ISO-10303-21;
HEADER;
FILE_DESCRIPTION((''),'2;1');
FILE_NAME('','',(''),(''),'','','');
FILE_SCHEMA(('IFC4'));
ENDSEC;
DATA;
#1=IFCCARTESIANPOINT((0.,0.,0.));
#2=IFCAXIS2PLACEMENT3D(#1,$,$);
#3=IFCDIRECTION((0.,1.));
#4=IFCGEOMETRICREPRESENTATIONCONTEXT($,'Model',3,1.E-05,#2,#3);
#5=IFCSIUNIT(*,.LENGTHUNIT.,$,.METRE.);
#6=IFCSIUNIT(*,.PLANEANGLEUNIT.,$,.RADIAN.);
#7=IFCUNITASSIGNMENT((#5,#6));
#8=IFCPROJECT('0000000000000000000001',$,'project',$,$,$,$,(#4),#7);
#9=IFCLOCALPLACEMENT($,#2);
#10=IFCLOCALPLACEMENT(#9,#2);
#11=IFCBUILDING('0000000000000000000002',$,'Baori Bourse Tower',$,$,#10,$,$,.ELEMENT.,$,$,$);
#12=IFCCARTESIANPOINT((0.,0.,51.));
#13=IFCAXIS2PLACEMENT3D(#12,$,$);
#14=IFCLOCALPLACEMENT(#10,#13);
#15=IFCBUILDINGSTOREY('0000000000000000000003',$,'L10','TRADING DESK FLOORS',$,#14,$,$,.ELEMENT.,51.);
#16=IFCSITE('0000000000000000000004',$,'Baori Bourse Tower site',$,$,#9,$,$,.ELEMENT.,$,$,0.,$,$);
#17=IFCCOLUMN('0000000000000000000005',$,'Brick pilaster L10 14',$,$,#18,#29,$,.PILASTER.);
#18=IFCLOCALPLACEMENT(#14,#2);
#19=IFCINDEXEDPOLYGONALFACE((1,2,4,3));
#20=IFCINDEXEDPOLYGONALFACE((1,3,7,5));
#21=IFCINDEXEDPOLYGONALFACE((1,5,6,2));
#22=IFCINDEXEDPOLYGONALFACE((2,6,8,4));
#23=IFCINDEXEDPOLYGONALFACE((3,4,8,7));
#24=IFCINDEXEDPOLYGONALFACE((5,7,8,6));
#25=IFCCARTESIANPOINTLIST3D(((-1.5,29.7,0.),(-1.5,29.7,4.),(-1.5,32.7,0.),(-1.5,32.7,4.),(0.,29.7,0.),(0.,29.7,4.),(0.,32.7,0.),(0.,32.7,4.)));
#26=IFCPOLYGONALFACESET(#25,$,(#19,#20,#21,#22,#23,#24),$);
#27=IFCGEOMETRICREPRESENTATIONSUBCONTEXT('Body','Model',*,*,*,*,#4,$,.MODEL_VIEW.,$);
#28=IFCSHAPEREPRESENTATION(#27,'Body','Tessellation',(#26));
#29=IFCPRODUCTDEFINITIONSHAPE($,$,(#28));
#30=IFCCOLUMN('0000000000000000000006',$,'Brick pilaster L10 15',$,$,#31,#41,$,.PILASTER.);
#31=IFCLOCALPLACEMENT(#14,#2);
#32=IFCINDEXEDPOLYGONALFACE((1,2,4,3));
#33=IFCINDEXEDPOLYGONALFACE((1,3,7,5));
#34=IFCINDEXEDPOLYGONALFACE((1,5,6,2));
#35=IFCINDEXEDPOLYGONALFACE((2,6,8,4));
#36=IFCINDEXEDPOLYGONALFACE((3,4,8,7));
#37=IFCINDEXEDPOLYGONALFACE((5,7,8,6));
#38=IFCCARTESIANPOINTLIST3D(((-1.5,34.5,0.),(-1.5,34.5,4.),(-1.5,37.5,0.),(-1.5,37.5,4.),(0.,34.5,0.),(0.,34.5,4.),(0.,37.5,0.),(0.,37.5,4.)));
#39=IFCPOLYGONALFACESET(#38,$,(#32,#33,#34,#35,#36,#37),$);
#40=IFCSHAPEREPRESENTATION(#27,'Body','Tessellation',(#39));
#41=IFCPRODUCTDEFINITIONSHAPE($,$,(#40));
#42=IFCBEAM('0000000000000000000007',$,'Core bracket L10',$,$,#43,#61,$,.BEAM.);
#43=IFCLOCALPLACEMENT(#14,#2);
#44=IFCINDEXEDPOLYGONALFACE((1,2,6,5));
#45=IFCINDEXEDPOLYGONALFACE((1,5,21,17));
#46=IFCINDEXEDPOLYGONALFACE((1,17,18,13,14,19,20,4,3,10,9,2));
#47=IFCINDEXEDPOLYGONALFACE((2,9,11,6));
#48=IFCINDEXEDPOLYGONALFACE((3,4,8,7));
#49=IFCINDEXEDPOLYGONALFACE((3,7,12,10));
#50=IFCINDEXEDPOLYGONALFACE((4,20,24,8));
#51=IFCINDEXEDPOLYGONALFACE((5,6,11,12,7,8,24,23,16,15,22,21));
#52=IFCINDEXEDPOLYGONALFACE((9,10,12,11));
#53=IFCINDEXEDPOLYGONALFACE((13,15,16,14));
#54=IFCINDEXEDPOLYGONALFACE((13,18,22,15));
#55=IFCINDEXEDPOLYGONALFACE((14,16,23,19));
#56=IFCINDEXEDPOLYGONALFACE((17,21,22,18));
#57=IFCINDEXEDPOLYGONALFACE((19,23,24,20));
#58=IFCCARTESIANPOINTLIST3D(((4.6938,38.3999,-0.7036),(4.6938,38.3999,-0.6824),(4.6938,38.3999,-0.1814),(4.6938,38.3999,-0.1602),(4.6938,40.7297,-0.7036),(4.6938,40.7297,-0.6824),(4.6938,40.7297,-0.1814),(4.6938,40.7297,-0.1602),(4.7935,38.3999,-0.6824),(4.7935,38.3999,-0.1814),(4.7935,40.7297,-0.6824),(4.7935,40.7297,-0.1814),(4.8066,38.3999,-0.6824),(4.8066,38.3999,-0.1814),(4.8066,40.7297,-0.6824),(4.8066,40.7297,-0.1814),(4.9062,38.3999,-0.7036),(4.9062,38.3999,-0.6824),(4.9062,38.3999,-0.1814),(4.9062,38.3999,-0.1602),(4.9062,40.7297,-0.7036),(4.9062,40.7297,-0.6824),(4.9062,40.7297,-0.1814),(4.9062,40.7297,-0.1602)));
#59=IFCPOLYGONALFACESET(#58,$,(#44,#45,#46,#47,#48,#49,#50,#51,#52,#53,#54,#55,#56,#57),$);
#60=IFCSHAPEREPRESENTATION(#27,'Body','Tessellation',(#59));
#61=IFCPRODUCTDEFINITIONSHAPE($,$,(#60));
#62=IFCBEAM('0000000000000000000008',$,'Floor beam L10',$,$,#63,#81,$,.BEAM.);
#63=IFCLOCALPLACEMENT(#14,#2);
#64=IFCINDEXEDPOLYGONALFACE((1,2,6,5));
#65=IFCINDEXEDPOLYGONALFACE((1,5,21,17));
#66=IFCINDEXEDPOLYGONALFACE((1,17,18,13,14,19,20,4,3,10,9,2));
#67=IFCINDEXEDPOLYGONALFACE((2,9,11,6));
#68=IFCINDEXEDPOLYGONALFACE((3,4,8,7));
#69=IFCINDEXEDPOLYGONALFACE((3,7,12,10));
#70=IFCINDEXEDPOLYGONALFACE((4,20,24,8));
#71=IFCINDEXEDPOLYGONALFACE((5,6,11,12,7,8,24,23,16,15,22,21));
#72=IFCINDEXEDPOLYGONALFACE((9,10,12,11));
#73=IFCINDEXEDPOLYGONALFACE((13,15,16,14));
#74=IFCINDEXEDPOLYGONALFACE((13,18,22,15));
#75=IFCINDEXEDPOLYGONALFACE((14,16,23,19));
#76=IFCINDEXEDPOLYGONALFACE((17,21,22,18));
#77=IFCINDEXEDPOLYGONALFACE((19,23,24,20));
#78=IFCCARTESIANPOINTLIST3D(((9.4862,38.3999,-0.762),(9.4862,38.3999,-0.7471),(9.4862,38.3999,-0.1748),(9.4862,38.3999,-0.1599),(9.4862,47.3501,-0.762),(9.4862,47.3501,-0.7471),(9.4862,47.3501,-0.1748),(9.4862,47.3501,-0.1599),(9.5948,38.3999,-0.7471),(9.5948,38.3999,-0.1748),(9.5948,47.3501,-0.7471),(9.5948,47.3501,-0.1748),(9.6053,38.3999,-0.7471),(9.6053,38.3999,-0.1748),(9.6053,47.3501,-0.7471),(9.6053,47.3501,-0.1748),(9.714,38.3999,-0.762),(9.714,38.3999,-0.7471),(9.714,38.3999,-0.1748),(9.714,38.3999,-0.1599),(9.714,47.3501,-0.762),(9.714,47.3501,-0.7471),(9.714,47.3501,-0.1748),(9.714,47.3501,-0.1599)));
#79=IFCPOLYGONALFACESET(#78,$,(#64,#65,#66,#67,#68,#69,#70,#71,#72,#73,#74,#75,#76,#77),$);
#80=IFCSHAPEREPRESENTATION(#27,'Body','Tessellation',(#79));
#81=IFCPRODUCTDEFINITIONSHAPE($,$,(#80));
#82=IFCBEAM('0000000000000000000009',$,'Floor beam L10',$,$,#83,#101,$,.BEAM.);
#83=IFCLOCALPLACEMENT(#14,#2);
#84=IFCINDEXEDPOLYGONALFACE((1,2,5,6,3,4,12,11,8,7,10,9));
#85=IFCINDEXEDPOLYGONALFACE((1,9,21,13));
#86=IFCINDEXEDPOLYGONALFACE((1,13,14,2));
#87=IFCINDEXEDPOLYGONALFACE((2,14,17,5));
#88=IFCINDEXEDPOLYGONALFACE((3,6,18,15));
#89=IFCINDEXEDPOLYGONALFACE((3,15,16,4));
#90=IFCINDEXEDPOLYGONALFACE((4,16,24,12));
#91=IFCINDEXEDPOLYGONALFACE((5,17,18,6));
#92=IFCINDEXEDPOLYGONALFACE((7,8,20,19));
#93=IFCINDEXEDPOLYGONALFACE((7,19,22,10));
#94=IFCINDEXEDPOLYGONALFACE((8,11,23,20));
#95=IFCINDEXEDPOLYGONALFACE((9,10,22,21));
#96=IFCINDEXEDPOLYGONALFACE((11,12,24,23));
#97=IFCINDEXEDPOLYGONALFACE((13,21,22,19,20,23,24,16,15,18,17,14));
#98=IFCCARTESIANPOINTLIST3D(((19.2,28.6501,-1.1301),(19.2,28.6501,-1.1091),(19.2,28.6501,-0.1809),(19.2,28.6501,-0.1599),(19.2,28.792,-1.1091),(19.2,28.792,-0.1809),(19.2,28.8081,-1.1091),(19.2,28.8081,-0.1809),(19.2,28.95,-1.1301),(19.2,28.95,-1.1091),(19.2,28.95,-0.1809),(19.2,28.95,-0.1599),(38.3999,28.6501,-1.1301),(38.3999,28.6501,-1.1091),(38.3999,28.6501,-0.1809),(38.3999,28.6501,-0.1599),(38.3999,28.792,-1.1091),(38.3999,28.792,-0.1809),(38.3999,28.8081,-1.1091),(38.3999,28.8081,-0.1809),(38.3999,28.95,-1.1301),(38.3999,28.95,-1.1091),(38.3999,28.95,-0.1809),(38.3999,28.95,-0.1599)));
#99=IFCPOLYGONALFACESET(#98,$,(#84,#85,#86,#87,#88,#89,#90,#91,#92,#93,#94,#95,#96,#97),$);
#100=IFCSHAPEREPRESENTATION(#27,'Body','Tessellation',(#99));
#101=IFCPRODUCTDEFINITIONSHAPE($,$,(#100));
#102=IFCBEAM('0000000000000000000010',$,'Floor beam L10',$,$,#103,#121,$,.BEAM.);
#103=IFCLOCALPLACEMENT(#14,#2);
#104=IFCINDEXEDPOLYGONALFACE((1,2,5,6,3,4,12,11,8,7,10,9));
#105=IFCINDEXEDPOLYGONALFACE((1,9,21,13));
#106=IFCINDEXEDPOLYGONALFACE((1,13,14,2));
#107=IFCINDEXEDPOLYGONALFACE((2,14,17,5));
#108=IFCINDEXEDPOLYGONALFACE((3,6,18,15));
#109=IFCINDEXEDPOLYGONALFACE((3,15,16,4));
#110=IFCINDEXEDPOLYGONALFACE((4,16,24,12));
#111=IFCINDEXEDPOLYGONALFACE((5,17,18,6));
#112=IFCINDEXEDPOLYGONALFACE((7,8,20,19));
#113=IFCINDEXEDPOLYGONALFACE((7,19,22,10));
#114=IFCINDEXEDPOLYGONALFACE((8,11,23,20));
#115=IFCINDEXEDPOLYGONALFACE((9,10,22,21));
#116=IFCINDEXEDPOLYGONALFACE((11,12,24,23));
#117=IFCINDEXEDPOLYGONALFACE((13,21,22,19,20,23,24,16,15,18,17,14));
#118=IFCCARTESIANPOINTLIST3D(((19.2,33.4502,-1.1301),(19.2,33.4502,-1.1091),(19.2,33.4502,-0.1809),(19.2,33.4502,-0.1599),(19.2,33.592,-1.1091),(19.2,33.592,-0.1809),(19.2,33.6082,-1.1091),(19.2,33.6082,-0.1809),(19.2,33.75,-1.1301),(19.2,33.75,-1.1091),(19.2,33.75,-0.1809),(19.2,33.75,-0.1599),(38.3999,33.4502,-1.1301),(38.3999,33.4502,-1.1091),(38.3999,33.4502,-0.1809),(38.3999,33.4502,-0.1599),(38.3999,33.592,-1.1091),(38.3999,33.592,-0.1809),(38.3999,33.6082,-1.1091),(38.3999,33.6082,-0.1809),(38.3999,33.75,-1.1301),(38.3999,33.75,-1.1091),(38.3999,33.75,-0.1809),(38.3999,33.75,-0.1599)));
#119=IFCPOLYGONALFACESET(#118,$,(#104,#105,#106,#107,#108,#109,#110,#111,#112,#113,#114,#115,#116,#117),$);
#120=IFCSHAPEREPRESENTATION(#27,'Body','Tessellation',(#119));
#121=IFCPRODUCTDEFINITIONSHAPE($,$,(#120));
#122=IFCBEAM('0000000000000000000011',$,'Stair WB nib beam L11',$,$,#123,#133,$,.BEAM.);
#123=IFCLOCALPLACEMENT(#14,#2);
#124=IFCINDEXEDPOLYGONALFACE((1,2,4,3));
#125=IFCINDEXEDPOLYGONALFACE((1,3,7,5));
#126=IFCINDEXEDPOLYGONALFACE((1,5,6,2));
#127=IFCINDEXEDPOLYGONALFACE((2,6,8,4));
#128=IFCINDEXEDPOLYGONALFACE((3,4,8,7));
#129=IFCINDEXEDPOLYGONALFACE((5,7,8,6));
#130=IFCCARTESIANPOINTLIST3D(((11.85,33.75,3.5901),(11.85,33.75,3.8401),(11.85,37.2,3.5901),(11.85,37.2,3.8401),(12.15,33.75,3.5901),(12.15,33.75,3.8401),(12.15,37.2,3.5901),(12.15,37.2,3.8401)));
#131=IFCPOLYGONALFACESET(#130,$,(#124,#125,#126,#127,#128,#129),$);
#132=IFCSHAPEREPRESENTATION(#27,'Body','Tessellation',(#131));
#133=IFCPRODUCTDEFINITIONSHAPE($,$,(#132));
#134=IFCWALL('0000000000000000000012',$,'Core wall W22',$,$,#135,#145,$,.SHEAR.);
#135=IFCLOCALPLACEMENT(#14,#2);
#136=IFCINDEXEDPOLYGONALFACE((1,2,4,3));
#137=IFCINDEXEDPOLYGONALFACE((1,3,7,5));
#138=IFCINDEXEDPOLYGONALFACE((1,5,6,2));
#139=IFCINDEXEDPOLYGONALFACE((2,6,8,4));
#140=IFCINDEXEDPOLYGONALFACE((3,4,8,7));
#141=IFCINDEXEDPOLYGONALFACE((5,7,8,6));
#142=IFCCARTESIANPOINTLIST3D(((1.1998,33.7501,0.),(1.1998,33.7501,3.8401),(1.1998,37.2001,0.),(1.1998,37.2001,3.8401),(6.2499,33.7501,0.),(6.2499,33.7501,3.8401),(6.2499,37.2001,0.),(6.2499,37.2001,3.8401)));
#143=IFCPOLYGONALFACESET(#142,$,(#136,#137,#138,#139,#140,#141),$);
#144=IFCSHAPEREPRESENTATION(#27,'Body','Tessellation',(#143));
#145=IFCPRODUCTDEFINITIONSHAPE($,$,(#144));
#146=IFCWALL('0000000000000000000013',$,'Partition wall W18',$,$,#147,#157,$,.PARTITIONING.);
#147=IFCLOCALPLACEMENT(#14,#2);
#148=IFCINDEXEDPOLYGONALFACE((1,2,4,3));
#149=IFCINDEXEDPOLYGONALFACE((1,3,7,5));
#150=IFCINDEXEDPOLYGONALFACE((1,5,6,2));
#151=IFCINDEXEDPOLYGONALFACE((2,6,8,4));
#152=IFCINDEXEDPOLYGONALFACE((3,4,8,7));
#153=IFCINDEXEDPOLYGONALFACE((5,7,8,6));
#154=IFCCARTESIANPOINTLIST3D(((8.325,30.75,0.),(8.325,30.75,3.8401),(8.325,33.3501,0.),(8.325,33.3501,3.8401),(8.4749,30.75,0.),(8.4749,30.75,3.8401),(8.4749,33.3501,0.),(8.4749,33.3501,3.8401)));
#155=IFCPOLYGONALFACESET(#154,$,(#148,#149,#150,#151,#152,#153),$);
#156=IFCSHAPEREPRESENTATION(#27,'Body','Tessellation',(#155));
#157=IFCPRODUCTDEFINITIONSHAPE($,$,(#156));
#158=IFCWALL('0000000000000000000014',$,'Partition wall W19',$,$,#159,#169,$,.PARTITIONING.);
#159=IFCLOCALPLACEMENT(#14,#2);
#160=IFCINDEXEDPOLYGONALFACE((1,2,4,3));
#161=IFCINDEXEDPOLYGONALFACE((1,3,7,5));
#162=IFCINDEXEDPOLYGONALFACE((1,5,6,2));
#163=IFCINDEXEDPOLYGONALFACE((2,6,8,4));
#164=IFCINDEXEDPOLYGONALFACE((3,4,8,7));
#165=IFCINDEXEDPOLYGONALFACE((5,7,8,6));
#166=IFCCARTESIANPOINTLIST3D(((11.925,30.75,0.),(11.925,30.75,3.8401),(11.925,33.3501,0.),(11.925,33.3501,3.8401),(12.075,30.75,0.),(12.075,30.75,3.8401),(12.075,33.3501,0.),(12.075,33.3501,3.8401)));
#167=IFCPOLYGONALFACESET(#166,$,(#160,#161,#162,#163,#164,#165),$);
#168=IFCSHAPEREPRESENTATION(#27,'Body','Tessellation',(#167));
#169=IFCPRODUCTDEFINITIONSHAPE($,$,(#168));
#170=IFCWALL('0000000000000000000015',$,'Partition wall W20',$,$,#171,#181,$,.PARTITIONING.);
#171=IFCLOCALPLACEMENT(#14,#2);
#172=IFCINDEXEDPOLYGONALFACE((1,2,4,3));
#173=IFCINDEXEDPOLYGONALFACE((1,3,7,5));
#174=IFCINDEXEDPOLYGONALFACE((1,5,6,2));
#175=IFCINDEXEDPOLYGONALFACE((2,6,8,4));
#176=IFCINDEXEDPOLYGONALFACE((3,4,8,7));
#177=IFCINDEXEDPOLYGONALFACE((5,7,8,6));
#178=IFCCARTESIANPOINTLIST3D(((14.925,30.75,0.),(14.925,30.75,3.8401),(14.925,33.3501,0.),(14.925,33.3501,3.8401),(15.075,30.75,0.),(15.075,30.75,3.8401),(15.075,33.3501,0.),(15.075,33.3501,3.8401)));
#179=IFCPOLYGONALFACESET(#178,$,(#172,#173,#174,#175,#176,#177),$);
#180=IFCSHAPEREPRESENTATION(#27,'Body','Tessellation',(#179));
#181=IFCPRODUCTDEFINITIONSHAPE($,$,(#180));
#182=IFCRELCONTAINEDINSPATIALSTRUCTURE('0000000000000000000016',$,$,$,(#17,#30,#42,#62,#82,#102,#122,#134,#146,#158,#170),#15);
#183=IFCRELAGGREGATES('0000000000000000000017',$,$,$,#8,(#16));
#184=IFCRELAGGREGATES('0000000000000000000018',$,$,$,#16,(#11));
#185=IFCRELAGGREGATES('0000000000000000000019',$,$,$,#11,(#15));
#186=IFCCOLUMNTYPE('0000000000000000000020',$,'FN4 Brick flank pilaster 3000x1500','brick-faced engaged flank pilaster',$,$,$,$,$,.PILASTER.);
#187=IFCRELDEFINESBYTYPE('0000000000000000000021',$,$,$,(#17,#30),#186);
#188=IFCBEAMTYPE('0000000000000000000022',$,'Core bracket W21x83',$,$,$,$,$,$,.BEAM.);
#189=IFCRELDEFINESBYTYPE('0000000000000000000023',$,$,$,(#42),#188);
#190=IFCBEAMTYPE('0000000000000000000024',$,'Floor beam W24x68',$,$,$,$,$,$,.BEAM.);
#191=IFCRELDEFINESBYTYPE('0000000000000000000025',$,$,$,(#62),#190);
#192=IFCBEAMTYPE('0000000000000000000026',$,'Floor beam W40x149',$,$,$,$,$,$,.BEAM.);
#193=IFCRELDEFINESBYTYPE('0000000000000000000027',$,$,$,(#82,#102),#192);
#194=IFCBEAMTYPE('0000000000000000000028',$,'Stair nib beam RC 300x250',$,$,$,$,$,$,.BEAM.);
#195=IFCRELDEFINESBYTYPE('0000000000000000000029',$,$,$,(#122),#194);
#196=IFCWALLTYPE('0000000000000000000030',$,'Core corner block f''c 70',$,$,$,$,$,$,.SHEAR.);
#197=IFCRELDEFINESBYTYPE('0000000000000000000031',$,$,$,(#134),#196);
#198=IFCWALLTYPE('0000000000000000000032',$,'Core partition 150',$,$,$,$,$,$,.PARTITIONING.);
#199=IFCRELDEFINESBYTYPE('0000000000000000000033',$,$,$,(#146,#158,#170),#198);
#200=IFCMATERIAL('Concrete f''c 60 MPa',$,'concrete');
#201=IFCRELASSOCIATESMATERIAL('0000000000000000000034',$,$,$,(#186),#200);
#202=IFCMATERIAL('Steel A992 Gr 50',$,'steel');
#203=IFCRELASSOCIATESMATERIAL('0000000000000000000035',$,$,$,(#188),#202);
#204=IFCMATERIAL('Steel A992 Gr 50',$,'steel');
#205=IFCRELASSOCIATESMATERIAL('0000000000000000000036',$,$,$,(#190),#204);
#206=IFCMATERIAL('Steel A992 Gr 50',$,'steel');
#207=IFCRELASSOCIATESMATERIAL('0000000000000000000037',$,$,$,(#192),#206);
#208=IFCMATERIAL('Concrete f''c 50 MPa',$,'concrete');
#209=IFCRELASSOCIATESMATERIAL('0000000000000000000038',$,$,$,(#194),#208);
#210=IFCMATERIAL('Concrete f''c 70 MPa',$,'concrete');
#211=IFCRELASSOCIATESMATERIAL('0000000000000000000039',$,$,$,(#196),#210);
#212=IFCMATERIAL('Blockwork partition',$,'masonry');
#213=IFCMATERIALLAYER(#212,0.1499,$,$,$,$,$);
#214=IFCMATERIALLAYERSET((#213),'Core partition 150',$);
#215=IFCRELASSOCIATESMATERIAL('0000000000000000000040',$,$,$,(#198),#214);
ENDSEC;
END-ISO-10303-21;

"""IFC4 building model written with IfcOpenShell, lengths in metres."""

from ifc_helpers import new_model, si_unit, direction, frame, frame_2d, origin, origin_2d, place, context, subcontext, project, spatial, rectangle, i_section, extrude, material, layer, layer_set, material_profile, profile_set, type_object, element, save


model = new_model("IFC4")

# Units and contexts
model_context = context("Model", 3, precision=1e-05, world=origin(), true_north=direction((0.0, 1.0)))
body_context = subcontext(model_context, "Body", "Model", "MODEL_VIEW")
ifc_project = project(units=[si_unit("LENGTHUNIT", "METRE"), si_unit("PLANEANGLEUNIT", "RADIAN")], contexts=[model_context])

# Site, building, storey
site_placement = place(None, origin())
site = spatial("IfcSite", under=ifc_project, at=site_placement, Name="Baori Bourse Tower site", CompositionType="ELEMENT", RefElevation=0.0)
building_placement = place(site_placement, origin())
building = spatial("IfcBuilding", under=site, at=building_placement, Name="Baori Bourse Tower", CompositionType="ELEMENT")
storey_placement = place(building_placement, frame((0.0, 0.0, 51.0)))
storey = spatial("IfcBuildingStorey", under=building, at=storey_placement, Name="L10", Description="TRADING DESK FLOORS", CompositionType="ELEMENT", Elevation=51.0)

# Columns
ifc_material_1 = material(Name="Concrete f'c 60 MPa", Category="concrete")
ifc_material_profile_1 = material_profile(ifc_material_1, rectangle(XDim=3.0, YDim=1.5, at=origin_2d()), Name="RC 3000x1500")
ifc_profile_set_1 = profile_set([ifc_material_profile_1], Name="Concrete f'c 60 MPa")
column_type = type_object("IfcColumnType", Name="FN4 Brick flank pilaster 3000x1500", Description="brick-faced engaged flank pilaster", PredefinedType="PILASTER", material=ifc_profile_set_1)
for number, where, z_axis, x_axis, name in (
    (1, (-0.75, 31.2, 0.0), (0.0, 0.0, 1.0), (0.0, 1.0, 0.0), "Brick pilaster L10 14"),
    (2, (-0.75, 36.0, 0.0), (0.0, 0.0, 1.0), (0.0, 1.0, 0.0), "Brick pilaster L10 15"),
):
    element("IfcColumn", number, at=place(storey_placement, frame(where, z_axis=z_axis, x_axis=x_axis)), inside=storey, type_object=column_type, Name=name, PredefinedType="PILASTER", context=body_context, shape_type="SweptSolid", body=[
        extrude(rectangle(XDim=3.0, YDim=1.5, at=origin_2d()), origin(), (0.0, 0.0, 1.0), 4.0),
    ])

# Beams
ifc_material_2 = material(Name="Steel A992 Gr 50", Category="steel")
ifc_material_profile_2 = material_profile(ifc_material_2, i_section(OverallWidth=0.2124, OverallDepth=0.5435, WebThickness=0.0132, FlangeThickness=0.0212, at=origin_2d()), Name="W21x83")
ifc_profile_set_2 = profile_set([ifc_material_profile_2], Name="Steel A992 Gr 50")
beam_type_1 = type_object("IfcBeamType", Name="Core bracket W21x83", PredefinedType="BEAM", material=ifc_profile_set_2)
beam_1_placement = place(storey_placement, frame((4.8, 38.3999, -0.4319), z_axis=(0.0, 1.0, 0.0), x_axis=(-1.0, 0.0, 0.0)))
element("IfcBeam", 3, at=beam_1_placement, inside=storey, type_object=beam_type_1, Name="Core bracket L10", PredefinedType="BEAM", context=body_context, shape_type="SweptSolid", body=[
    extrude(i_section(OverallWidth=0.2124, OverallDepth=0.5435, WebThickness=0.0132, FlangeThickness=0.0212, at=origin_2d()), origin(), (0.0, 0.0, 1.0), 2.3298),
])
ifc_material_3 = material(Name="Steel A992 Gr 50", Category="steel")
ifc_material_profile_3 = material_profile(ifc_material_3, i_section(OverallWidth=0.2278, OverallDepth=0.6021, WebThickness=0.0105, FlangeThickness=0.0149, at=origin_2d()), Name="W24x68")
ifc_profile_set_3 = profile_set([ifc_material_profile_3], Name="Steel A992 Gr 50")
beam_type_2 = type_object("IfcBeamType", Name="Floor beam W24x68", PredefinedType="BEAM", material=ifc_profile_set_3)
beam_2_placement = place(storey_placement, frame((9.6001, 38.3999, -0.4609), z_axis=(0.0, 1.0, 0.0), x_axis=(-1.0, 0.0, 0.0)))
element("IfcBeam", 4, at=beam_2_placement, inside=storey, type_object=beam_type_2, Name="Floor beam L10", PredefinedType="BEAM", context=body_context, shape_type="SweptSolid", body=[
    extrude(i_section(OverallWidth=0.2278, OverallDepth=0.6021, WebThickness=0.0105, FlangeThickness=0.0149, at=origin_2d()), origin(), (0.0, 0.0, 1.0), 8.9502),
])
ifc_material_4 = material(Name="Steel A992 Gr 50", Category="steel")
ifc_material_profile_4 = material_profile(ifc_material_4, i_section(OverallWidth=0.2998, OverallDepth=0.9702, WebThickness=0.0161, FlangeThickness=0.021, at=origin_2d()), Name="W40x149")
ifc_profile_set_4 = profile_set([ifc_material_profile_4], Name="Steel A992 Gr 50")
beam_type_3 = type_object("IfcBeamType", Name="Floor beam W40x149", PredefinedType="BEAM", material=ifc_profile_set_4)
for number, where, z_axis, x_axis, name in (
    (5, (19.2, 28.8, -0.645), (1.0, 0.0, 0.0), (0.0, 1.0, 0.0), "Floor beam L10"),
    (6, (19.2, 33.6001, -0.645), (1.0, 0.0, 0.0), (0.0, 1.0, 0.0), "Floor beam L10"),
):
    element("IfcBeam", number, at=place(storey_placement, frame(where, z_axis=z_axis, x_axis=x_axis)), inside=storey, type_object=beam_type_3, Name=name, PredefinedType="BEAM", context=body_context, shape_type="SweptSolid", body=[
        extrude(i_section(OverallWidth=0.2998, OverallDepth=0.9702, WebThickness=0.0161, FlangeThickness=0.021, at=origin_2d()), origin(), (0.0, 0.0, 1.0), 19.2),
    ])
ifc_material_5 = material(Name="Concrete f'c 50 MPa", Category="concrete")
ifc_material_profile_5 = material_profile(ifc_material_5, rectangle(XDim=0.3, YDim=0.25, at=origin_2d()), Name="RC 300x250")
ifc_profile_set_5 = profile_set([ifc_material_profile_5], Name="Concrete f'c 50 MPa")
beam_type_4 = type_object("IfcBeamType", Name="Stair nib beam RC 300x250", PredefinedType="BEAM", material=ifc_profile_set_5)
beam_3_placement = place(storey_placement, frame((12.0, 33.75, 3.7151), z_axis=(0.0, 1.0, 0.0), x_axis=(-1.0, 0.0, 0.0)))
element("IfcBeam", 7, at=beam_3_placement, inside=storey, type_object=beam_type_4, Name="Stair WB nib beam L11", PredefinedType="BEAM", context=body_context, shape_type="SweptSolid", body=[
    extrude(rectangle(XDim=0.3, YDim=0.25, at=origin_2d()), origin(), (0.0, 0.0, 1.0), 3.45),
])

# Walls
ifc_material_6 = material(Name="Concrete f'c 70 MPa", Category="concrete")
wall_type_1 = type_object("IfcWallType", Name="Core corner block f'c 70", PredefinedType="SHEAR", material=ifc_material_6)
wall_1_placement = place(storey_placement, frame((1.2, 35.4751, 0.0), z_axis=(0.0, 0.0, 1.0), x_axis=(1.0, 0.0, 0.0)))
element("IfcWall", 8, at=wall_1_placement, inside=storey, type_object=wall_type_1, Name="Core wall W22", PredefinedType="SHEAR", context=body_context, shape_type="SweptSolid", body=[
    extrude(rectangle(XDim=5.05, YDim=3.45, at=frame_2d((2.5249, 0.0))), origin(), (0.0, 0.0, 1.0), 3.8401),
])
ifc_material_7 = material(Name="Blockwork partition", Category="masonry")
ifc_layer_1 = layer(ifc_material_7, 0.1499)
ifc_layer_set_1 = layer_set([ifc_layer_1], Name="Core partition 150")
wall_type_2 = type_object("IfcWallType", Name="Core partition 150", PredefinedType="PARTITIONING", material=ifc_layer_set_1)
for number, where, z_axis, x_axis, name in (
    (9, (8.3999, 30.75, 0.0), (0.0, 0.0, 1.0), (0.0, 1.0, 0.0), "Partition wall W18"),
    (10, (12.0, 30.75, 0.0), (0.0, 0.0, 1.0), (0.0, 1.0, 0.0), "Partition wall W19"),
    (11, (15.0, 30.75, 0.0), (0.0, 0.0, 1.0), (0.0, 1.0, 0.0), "Partition wall W20"),
):
    element("IfcWall", number, at=place(storey_placement, frame(where, z_axis=z_axis, x_axis=x_axis)), inside=storey, type_object=wall_type_2, Name=name, PredefinedType="PARTITIONING", context=body_context, shape_type="SweptSolid", body=[
        extrude(rectangle(XDim=2.6001, YDim=0.1499, at=frame_2d((1.3, 0.0))), origin(), (0.0, 0.0, 1.0), 3.8401),
    ])

save(model, "model.ifc")
